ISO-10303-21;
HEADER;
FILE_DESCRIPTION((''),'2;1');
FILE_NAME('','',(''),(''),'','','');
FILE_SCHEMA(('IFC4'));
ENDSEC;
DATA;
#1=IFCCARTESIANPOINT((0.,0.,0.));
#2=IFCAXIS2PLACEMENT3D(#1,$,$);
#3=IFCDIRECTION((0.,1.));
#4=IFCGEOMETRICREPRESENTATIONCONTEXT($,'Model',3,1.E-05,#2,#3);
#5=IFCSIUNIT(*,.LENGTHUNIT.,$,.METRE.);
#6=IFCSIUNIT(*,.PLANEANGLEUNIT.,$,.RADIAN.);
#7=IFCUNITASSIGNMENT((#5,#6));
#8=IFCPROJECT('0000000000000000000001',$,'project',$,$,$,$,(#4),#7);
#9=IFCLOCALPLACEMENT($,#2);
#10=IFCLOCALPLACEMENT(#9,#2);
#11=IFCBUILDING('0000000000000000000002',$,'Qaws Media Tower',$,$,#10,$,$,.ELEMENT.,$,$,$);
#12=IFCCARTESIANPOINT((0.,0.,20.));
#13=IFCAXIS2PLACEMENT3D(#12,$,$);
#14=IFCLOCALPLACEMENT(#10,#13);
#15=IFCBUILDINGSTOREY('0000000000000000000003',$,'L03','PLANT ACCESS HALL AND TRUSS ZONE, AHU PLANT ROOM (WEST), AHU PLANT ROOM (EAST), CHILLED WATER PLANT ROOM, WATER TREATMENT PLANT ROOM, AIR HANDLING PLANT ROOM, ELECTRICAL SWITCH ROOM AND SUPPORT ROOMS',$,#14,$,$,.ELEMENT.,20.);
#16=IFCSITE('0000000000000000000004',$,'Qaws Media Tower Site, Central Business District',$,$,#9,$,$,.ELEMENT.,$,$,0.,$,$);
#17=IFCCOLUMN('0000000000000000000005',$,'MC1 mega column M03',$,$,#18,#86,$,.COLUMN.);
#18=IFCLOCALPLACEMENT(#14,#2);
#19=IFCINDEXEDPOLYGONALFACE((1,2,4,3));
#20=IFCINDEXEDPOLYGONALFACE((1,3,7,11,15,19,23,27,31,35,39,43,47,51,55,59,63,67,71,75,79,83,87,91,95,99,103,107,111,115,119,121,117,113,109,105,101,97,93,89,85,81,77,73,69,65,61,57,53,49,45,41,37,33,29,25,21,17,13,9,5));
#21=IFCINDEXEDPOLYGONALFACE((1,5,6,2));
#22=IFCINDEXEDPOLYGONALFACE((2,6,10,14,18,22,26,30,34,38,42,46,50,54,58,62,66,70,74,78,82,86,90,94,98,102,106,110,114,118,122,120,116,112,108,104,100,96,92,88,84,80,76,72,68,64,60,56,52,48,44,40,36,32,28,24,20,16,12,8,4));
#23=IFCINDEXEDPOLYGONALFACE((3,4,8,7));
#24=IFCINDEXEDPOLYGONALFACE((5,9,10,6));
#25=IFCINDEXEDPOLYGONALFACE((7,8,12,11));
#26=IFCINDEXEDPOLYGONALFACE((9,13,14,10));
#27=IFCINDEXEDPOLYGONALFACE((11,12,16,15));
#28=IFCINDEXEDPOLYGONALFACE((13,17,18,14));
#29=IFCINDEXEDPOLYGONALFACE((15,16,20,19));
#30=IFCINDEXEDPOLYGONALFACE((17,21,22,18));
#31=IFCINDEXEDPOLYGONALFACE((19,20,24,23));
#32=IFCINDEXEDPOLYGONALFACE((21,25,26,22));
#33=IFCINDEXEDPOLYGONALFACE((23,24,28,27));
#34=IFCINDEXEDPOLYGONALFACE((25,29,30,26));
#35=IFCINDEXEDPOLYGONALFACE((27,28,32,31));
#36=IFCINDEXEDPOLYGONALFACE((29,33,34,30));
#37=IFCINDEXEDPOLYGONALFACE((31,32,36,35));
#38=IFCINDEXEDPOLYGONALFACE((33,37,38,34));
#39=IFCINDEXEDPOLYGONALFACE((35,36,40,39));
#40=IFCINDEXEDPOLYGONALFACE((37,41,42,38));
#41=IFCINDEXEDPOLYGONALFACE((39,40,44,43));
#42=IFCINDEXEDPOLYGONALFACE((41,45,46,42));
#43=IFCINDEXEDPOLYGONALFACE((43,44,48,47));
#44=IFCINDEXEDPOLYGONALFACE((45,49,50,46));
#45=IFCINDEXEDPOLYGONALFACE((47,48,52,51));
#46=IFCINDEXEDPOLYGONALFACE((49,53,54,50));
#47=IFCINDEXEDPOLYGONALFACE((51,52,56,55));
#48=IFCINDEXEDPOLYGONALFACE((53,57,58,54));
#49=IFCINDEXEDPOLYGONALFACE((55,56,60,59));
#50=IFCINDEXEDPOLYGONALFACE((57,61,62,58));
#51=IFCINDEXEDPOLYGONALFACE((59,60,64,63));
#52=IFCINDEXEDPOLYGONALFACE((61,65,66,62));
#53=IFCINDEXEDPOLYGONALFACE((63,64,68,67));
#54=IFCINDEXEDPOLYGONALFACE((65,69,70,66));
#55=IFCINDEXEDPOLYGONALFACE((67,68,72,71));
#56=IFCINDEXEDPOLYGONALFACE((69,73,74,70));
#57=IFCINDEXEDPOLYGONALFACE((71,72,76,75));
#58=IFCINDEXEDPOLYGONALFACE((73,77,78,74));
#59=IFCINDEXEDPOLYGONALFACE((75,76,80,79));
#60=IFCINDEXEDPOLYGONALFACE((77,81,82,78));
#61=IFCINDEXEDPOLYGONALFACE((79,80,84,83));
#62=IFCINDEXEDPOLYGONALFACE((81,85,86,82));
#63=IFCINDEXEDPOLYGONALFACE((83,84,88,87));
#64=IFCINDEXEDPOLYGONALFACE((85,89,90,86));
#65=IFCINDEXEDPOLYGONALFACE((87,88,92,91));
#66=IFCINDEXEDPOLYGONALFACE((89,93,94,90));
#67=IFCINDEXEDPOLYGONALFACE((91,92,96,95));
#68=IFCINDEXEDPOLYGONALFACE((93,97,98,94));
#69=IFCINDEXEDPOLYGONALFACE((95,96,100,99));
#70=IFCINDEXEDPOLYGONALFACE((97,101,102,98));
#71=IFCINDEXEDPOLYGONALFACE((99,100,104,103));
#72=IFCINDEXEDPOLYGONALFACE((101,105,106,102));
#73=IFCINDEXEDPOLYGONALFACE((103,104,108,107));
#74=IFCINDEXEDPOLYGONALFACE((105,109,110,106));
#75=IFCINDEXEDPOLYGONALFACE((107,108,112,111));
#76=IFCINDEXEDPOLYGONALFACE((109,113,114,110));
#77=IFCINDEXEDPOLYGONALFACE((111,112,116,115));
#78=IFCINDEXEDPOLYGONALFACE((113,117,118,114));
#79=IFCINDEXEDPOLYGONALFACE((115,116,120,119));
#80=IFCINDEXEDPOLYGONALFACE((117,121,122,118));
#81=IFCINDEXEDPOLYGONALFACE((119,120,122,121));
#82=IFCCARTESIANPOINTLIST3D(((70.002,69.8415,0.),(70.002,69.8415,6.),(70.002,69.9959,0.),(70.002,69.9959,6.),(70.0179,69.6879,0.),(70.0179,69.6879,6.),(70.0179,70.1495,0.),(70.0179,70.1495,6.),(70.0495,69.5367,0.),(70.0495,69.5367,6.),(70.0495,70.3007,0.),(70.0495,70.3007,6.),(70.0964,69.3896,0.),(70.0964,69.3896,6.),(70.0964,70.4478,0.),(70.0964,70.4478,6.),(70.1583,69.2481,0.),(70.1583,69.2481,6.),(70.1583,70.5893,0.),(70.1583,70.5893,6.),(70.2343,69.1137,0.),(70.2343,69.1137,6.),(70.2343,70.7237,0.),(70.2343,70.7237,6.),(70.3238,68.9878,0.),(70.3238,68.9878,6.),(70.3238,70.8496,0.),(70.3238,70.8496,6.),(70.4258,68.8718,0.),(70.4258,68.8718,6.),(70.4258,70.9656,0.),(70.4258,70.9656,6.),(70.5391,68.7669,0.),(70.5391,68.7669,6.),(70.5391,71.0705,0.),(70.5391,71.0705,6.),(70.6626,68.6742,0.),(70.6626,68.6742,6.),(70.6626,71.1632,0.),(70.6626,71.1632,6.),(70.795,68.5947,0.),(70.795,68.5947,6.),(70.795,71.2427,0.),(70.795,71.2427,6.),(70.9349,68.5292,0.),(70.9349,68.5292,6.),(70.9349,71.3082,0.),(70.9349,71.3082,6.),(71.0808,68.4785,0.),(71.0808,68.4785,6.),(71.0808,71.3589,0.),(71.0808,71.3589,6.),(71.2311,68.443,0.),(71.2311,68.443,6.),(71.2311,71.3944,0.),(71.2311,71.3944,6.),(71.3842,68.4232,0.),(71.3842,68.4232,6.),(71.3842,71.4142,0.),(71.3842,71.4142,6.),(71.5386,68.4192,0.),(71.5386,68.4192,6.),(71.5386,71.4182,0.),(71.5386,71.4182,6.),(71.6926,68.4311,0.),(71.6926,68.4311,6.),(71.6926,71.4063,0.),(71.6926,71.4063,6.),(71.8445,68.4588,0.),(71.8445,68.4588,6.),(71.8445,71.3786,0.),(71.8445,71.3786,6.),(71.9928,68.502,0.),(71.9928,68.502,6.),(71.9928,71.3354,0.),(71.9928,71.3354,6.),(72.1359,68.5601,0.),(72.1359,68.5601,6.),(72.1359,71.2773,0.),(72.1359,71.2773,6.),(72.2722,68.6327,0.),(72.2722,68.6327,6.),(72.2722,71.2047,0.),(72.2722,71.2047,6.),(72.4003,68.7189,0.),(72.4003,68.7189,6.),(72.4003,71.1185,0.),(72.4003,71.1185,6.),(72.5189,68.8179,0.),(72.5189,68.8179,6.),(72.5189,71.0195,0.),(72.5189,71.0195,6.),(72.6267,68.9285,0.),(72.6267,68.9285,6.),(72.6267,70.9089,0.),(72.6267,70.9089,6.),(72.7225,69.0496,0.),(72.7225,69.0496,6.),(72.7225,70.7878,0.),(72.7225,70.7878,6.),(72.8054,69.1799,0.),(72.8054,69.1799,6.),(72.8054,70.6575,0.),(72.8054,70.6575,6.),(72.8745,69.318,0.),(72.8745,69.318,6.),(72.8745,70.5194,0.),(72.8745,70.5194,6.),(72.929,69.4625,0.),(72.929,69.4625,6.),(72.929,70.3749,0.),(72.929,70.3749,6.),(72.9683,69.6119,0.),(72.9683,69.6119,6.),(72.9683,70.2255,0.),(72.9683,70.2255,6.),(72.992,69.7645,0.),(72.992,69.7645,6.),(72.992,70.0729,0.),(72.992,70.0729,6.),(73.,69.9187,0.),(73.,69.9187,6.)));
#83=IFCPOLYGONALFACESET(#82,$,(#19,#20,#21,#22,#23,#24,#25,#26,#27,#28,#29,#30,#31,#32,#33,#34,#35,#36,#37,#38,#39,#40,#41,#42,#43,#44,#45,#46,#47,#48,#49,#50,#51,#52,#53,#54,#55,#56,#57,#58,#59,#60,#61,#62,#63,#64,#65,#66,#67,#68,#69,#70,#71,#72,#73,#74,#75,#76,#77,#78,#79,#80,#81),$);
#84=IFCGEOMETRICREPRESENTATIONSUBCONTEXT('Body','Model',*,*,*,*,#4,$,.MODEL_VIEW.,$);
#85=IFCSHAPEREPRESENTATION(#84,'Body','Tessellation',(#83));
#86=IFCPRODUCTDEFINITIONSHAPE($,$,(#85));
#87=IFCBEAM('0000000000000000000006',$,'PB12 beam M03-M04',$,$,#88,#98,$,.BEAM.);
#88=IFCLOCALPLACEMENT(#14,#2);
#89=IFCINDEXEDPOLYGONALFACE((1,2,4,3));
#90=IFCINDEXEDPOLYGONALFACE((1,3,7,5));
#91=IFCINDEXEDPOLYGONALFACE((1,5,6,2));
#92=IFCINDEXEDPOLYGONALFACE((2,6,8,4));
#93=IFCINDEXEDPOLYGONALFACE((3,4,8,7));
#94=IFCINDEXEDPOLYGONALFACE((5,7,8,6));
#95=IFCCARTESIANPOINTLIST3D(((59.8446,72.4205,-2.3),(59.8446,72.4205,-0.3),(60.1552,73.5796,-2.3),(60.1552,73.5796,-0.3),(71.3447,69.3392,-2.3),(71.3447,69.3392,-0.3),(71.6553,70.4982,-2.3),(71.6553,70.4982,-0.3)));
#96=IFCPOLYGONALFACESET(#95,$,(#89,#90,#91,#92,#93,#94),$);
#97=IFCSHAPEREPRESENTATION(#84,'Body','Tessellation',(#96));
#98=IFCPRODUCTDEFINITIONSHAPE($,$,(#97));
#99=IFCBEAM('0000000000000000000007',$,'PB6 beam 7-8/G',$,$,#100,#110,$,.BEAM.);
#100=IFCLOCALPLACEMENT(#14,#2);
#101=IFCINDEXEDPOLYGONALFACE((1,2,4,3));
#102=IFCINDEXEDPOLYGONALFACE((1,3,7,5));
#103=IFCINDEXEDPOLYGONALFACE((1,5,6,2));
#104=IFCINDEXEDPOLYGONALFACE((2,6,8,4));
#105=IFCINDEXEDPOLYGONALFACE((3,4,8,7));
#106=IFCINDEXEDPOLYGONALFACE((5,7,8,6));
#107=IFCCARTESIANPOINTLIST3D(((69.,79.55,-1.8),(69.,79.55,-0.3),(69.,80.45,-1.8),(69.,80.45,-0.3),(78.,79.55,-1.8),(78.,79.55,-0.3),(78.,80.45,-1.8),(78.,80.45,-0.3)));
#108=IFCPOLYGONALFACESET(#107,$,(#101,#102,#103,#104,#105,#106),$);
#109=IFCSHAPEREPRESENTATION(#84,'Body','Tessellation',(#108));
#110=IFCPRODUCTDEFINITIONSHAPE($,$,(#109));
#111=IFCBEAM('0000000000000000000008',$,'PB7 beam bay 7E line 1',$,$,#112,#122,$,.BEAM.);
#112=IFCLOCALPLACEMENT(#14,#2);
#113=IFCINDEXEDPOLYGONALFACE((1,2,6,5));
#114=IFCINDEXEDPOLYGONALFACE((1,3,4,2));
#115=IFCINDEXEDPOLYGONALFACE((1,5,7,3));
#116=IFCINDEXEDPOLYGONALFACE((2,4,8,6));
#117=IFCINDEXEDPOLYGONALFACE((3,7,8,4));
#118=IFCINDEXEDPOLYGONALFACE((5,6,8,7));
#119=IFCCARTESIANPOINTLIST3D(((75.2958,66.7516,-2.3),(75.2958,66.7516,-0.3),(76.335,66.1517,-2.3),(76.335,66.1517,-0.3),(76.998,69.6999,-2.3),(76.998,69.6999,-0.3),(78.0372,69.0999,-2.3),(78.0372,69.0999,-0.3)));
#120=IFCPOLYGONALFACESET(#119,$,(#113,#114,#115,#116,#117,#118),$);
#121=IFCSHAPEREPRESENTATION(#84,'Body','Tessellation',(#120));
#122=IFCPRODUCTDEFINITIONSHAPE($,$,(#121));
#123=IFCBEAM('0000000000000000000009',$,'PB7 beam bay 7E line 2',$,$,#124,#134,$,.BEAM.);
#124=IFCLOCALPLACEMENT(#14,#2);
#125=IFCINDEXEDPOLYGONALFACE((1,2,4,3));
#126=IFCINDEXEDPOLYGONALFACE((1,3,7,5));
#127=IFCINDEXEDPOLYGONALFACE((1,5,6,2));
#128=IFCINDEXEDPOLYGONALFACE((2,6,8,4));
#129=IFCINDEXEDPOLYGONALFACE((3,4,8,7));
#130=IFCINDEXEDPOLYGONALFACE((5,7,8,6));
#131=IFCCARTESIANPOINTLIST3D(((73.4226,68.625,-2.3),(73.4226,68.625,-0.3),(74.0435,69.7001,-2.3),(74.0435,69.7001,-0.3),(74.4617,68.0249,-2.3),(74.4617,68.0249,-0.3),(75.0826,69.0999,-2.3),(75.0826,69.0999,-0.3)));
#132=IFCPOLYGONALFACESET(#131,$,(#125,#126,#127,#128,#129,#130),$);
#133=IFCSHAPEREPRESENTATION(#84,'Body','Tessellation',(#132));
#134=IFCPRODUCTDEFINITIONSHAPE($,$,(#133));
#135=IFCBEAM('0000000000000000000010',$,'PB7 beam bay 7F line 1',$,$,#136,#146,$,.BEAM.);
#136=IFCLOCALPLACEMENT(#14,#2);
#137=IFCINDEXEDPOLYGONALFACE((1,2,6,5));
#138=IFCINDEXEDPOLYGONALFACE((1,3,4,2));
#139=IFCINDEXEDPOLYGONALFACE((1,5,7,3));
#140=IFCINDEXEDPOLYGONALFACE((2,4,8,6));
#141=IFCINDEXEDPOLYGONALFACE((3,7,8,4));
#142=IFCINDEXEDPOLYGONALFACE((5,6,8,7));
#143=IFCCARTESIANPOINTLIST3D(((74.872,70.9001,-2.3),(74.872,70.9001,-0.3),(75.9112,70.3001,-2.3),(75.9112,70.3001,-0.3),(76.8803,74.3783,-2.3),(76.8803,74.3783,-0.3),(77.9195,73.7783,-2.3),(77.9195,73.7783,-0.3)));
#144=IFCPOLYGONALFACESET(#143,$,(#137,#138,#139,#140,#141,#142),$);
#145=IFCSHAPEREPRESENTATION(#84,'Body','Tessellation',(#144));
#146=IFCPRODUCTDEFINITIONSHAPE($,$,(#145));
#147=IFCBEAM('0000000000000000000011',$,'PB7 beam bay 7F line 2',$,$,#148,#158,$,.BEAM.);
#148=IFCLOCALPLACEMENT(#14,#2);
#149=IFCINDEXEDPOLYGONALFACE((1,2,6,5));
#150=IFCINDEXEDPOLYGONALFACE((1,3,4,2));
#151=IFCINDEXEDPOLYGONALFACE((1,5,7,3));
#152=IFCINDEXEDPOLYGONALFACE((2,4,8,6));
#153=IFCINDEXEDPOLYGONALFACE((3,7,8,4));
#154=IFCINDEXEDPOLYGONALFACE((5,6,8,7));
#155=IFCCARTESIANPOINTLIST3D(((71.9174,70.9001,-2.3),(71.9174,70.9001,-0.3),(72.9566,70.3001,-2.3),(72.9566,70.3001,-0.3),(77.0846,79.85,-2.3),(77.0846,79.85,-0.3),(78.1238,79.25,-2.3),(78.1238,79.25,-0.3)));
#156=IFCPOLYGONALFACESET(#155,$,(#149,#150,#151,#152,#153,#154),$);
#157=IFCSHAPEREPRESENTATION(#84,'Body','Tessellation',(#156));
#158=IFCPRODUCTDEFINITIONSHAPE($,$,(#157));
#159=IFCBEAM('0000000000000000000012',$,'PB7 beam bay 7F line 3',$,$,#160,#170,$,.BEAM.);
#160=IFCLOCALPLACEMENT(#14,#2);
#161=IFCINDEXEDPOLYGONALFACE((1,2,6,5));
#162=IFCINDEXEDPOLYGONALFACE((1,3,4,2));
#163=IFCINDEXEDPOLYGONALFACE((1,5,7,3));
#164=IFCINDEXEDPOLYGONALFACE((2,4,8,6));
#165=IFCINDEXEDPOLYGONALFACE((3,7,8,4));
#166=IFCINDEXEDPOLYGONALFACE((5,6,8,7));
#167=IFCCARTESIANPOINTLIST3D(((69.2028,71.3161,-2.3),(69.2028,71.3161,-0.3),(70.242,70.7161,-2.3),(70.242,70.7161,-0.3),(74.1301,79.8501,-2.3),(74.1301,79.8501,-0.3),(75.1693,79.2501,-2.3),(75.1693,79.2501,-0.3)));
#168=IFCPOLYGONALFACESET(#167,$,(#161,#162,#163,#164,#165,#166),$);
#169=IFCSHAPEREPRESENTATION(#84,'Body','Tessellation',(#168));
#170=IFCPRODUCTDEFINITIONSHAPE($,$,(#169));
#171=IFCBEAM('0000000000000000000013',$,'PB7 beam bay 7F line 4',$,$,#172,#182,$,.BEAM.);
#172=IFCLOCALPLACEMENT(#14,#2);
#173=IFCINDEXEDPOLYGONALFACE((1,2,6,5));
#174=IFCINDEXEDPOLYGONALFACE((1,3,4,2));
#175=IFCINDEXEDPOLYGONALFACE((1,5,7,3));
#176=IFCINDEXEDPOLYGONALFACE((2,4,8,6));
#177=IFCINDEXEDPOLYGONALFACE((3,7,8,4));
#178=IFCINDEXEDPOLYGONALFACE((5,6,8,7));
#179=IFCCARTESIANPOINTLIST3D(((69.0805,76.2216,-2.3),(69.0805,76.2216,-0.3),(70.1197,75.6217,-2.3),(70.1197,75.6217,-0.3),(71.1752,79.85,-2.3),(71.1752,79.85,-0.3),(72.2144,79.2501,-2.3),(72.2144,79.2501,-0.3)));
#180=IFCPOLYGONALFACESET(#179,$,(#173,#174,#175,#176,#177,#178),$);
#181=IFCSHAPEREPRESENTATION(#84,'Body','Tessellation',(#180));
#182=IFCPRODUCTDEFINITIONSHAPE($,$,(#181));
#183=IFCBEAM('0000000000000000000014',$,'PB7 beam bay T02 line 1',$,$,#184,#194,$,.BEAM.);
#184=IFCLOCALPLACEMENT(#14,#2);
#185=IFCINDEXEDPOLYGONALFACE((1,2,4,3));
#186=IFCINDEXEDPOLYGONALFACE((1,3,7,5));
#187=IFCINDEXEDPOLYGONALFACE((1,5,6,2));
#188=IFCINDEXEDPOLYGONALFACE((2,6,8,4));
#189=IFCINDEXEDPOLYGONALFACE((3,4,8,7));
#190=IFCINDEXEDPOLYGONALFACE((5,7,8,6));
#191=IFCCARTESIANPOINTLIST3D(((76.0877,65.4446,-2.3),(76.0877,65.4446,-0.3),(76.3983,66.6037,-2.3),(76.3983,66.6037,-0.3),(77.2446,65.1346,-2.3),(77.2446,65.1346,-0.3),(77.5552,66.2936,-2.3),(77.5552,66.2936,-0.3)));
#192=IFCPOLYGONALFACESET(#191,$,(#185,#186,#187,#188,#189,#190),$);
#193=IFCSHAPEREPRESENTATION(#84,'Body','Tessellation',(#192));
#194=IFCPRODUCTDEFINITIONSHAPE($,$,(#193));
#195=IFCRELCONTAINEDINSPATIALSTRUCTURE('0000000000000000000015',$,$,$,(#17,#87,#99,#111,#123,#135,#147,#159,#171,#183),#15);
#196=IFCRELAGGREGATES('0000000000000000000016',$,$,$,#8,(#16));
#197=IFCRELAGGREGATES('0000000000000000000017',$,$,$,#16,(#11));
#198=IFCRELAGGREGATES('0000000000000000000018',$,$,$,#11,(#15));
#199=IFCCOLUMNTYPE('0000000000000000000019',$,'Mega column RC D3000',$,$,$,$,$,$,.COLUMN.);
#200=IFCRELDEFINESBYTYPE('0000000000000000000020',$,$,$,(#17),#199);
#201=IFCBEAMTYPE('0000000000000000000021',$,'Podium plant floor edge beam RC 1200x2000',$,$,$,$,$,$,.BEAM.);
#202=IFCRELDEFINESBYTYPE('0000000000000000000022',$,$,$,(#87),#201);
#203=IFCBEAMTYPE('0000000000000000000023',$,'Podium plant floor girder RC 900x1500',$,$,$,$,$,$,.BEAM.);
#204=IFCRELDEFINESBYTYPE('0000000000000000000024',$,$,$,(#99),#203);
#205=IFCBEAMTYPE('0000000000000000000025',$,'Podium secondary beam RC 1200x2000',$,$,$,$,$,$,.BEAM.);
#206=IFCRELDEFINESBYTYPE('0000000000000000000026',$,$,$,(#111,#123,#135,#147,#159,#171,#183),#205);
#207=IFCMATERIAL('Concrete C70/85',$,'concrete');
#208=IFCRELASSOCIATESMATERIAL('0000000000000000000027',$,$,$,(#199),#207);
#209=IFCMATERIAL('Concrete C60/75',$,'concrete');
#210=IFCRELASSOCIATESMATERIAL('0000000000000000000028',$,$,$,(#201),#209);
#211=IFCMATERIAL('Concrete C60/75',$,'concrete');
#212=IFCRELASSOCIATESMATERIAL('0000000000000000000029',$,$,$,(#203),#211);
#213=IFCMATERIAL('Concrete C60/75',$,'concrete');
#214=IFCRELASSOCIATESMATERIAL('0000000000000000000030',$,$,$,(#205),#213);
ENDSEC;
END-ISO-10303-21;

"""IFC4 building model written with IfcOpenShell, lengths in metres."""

from ifc_helpers import new_model, si_unit, direction, frame, origin, origin_2d, place, context, subcontext, project, spatial, rectangle, circle, extrude, material, material_profile, profile_set, type_object, element, save


model = new_model("IFC4")

# Units and contexts
model_context = context("Model", 3, precision=1e-05, world=origin(), true_north=direction((0.0, 1.0)))
body_context = subcontext(model_context, "Body", "Model", "MODEL_VIEW")
ifc_project = project(units=[si_unit("LENGTHUNIT", "METRE"), si_unit("PLANEANGLEUNIT", "RADIAN")], contexts=[model_context])

# Site, building, storey
site_placement = place(None, origin())
site = spatial("IfcSite", under=ifc_project, at=site_placement, Name="Qaws Media Tower Site, Central Business District", CompositionType="ELEMENT", RefElevation=0.0)
building_placement = place(site_placement, origin())
building = spatial("IfcBuilding", under=site, at=building_placement, Name="Qaws Media Tower", CompositionType="ELEMENT")
storey_placement = place(building_placement, frame((0.0, 0.0, 20.0)))
storey = spatial("IfcBuildingStorey", under=building, at=storey_placement, Name="L03", Description="PLANT ACCESS HALL AND TRUSS ZONE, AHU PLANT ROOM (WEST), AHU PLANT ROOM (EAST), CHILLED WATER PLANT ROOM, WATER TREATMENT PLANT ROOM, AIR HANDLING PLANT ROOM, ELECTRICAL SWITCH ROOM AND SUPPORT ROOMS", CompositionType="ELEMENT", Elevation=20.0)

# Column
ifc_material_1 = material(Name="Concrete C70/85", Category="concrete")
ifc_material_profile_1 = material_profile(ifc_material_1, circle(Radius=1.5, at=origin_2d()), Name="RC D3000")
ifc_profile_set_1 = profile_set([ifc_material_profile_1], Name="Concrete C70/85")
column_type = type_object("IfcColumnType", Name="Mega column RC D3000", PredefinedType="COLUMN", material=ifc_profile_set_1)
column_placement = place(storey_placement, frame((71.5, 69.9187, 0.0), z_axis=(0.0, 0.0, 1.0), x_axis=(1.0, 0.0, 0.0)))
element("IfcColumn", 1, at=column_placement, inside=storey, type_object=column_type, Name="MC1 mega column M03", PredefinedType="COLUMN", context=body_context, shape_type="SweptSolid", body=[
    extrude(circle(Radius=1.5, at=origin_2d()), origin(), (0.0, 0.0, 1.0), 6.0),
])

# Beams
ifc_material_2 = material(Name="Concrete C60/75", Category="concrete")
ifc_material_profile_2 = material_profile(ifc_material_2, rectangle(XDim=1.2, YDim=2.0, at=origin_2d()), Name="RC 1200x2000")
ifc_profile_set_2 = profile_set([ifc_material_profile_2], Name="Concrete C60/75")
beam_type_1 = type_object("IfcBeamType", Name="Podium plant floor edge beam RC 1200x2000", PredefinedType="BEAM", material=ifc_profile_set_2)
beam_1_placement = place(storey_placement, frame((71.5, 69.9187, -1.3), z_axis=(-0.965928, 0.25881, 0.0), x_axis=(-0.25881, -0.965928, 0.0)))
element("IfcBeam", 2, at=beam_1_placement, inside=storey, type_object=beam_type_1, Name="PB12 beam M03-M04", PredefinedType="BEAM", context=body_context, shape_type="SweptSolid", body=[
    extrude(rectangle(XDim=1.2, YDim=2.0, at=origin_2d()), origin(), (0.0, 0.0, 1.0), 11.9058),
])
ifc_material_3 = material(Name="Concrete C60/75", Category="concrete")
ifc_material_profile_3 = material_profile(ifc_material_3, rectangle(XDim=0.8999, YDim=1.5, at=origin_2d()), Name="RC 900x1500")
ifc_profile_set_3 = profile_set([ifc_material_profile_3], Name="Concrete C60/75")
beam_type_2 = type_object("IfcBeamType", Name="Podium plant floor girder RC 900x1500", PredefinedType="BEAM", material=ifc_profile_set_3)
beam_2_placement = place(storey_placement, frame((69.0, 80.0, -1.05), z_axis=(1.0, 0.0, 0.0), x_axis=(0.0, 1.0, 0.0)))
element("IfcBeam", 3, at=beam_2_placement, inside=storey, type_object=beam_type_2, Name="PB6 beam 7-8/G", PredefinedType="BEAM", context=body_context, shape_type="SweptSolid", body=[
    extrude(rectangle(XDim=0.8999, YDim=1.5, at=origin_2d()), origin(), (0.0, 0.0, 1.0), 9.0),
])
ifc_material_4 = material(Name="Concrete C60/75", Category="concrete")
ifc_material_profile_4 = material_profile(ifc_material_4, rectangle(XDim=1.2, YDim=2.0, at=origin_2d()), Name="RC 1200x2000")
ifc_profile_set_4 = profile_set([ifc_material_profile_4], Name="Concrete C60/75")
beam_type_3 = type_object("IfcBeamType", Name="Podium secondary beam RC 1200x2000", PredefinedType="BEAM", material=ifc_profile_set_4)
beam_3_placement = place(storey_placement, frame((75.8154, 66.4517, -1.3), z_axis=(0.499996, 0.866028, 0.0), x_axis=(-0.866028, 0.499996, 0.0)))
element("IfcBeam", 4, at=beam_3_placement, inside=storey, type_object=beam_type_3, Name="PB7 beam bay 7E line 1", PredefinedType="BEAM", context=body_context, shape_type="SweptSolid", body=[
    extrude(rectangle(XDim=1.2, YDim=2.0, at=origin_2d()), origin(), (0.0, 0.0, 1.0), 3.4043),
])
beam_4_placement = place(storey_placement, frame((73.9421, 68.325, -1.3), z_axis=(0.500137, 0.865946, 0.0), x_axis=(-0.865946, 0.500137, 0.0)))
element("IfcBeam", 5, at=beam_4_placement, inside=storey, type_object=beam_type_3, Name="PB7 beam bay 7E line 2", PredefinedType="BEAM", context=body_context, shape_type="SweptSolid", body=[
    extrude(rectangle(XDim=1.2, YDim=2.0, at=origin_2d()), origin(), (0.0, 0.0, 1.0), 1.2415),
])
beam_5_placement = place(storey_placement, frame((75.3916, 70.6001, -1.3), z_axis=(0.500022, 0.866012, 0.0), x_axis=(-0.866012, 0.500022, 0.0)))
element("IfcBeam", 6, at=beam_5_placement, inside=storey, type_object=beam_type_3, Name="PB7 beam bay 7F line 1", PredefinedType="BEAM", context=body_context, shape_type="SweptSolid", body=[
    extrude(rectangle(XDim=1.2, YDim=2.0, at=origin_2d()), origin(), (0.0, 0.0, 1.0), 4.0164),
])
beam_6_placement = place(storey_placement, frame((72.437, 70.6001, -1.3), z_axis=(0.499999, 0.866026, 0.0), x_axis=(-0.866026, 0.499999, 0.0)))
element("IfcBeam", 7, at=beam_6_placement, inside=storey, type_object=beam_type_3, Name="PB7 beam bay 7F line 2", PredefinedType="BEAM", context=body_context, shape_type="SweptSolid", body=[
    extrude(rectangle(XDim=1.2, YDim=2.0, at=origin_2d()), origin(), (0.0, 0.0, 1.0), 10.3345),
])
beam_7_placement = place(storey_placement, frame((69.7224, 71.0161, -1.3), z_axis=(0.500013, 0.866018, 0.0), x_axis=(-0.866018, 0.500013, 0.0)))
element("IfcBeam", 8, at=beam_7_placement, inside=storey, type_object=beam_type_3, Name="PB7 beam bay 7F line 3", PredefinedType="BEAM", context=body_context, shape_type="SweptSolid", body=[
    extrude(rectangle(XDim=1.2, YDim=2.0, at=origin_2d()), origin(), (0.0, 0.0, 1.0), 9.8542),
])
beam_8_placement = place(storey_placement, frame((69.6001, 75.9216, -1.3), z_axis=(0.499975, 0.86604, 0.0), x_axis=(-0.86604, 0.499975, 0.0)))
element("IfcBeam", 9, at=beam_8_placement, inside=storey, type_object=beam_type_3, Name="PB7 beam bay 7F line 4", PredefinedType="BEAM", context=body_context, shape_type="SweptSolid", body=[
    extrude(rectangle(XDim=1.2, YDim=2.0, at=origin_2d()), origin(), (0.0, 0.0, 1.0), 4.1897),
])
beam_9_placement = place(storey_placement, frame((77.3999, 65.7141, -1.3), z_axis=(-0.965916, 0.258855, 0.0), x_axis=(-0.258855, -0.965916, 0.0)))
element("IfcBeam", 10, at=beam_9_placement, inside=storey, type_object=beam_type_3, Name="PB7 beam bay T02 line 1", PredefinedType="BEAM", context=body_context, shape_type="SweptSolid", body=[
    extrude(rectangle(XDim=1.2, YDim=2.0, at=origin_2d()), origin(), (0.0, 0.0, 1.0), 1.1978),
])

save(model, "model.ifc")
